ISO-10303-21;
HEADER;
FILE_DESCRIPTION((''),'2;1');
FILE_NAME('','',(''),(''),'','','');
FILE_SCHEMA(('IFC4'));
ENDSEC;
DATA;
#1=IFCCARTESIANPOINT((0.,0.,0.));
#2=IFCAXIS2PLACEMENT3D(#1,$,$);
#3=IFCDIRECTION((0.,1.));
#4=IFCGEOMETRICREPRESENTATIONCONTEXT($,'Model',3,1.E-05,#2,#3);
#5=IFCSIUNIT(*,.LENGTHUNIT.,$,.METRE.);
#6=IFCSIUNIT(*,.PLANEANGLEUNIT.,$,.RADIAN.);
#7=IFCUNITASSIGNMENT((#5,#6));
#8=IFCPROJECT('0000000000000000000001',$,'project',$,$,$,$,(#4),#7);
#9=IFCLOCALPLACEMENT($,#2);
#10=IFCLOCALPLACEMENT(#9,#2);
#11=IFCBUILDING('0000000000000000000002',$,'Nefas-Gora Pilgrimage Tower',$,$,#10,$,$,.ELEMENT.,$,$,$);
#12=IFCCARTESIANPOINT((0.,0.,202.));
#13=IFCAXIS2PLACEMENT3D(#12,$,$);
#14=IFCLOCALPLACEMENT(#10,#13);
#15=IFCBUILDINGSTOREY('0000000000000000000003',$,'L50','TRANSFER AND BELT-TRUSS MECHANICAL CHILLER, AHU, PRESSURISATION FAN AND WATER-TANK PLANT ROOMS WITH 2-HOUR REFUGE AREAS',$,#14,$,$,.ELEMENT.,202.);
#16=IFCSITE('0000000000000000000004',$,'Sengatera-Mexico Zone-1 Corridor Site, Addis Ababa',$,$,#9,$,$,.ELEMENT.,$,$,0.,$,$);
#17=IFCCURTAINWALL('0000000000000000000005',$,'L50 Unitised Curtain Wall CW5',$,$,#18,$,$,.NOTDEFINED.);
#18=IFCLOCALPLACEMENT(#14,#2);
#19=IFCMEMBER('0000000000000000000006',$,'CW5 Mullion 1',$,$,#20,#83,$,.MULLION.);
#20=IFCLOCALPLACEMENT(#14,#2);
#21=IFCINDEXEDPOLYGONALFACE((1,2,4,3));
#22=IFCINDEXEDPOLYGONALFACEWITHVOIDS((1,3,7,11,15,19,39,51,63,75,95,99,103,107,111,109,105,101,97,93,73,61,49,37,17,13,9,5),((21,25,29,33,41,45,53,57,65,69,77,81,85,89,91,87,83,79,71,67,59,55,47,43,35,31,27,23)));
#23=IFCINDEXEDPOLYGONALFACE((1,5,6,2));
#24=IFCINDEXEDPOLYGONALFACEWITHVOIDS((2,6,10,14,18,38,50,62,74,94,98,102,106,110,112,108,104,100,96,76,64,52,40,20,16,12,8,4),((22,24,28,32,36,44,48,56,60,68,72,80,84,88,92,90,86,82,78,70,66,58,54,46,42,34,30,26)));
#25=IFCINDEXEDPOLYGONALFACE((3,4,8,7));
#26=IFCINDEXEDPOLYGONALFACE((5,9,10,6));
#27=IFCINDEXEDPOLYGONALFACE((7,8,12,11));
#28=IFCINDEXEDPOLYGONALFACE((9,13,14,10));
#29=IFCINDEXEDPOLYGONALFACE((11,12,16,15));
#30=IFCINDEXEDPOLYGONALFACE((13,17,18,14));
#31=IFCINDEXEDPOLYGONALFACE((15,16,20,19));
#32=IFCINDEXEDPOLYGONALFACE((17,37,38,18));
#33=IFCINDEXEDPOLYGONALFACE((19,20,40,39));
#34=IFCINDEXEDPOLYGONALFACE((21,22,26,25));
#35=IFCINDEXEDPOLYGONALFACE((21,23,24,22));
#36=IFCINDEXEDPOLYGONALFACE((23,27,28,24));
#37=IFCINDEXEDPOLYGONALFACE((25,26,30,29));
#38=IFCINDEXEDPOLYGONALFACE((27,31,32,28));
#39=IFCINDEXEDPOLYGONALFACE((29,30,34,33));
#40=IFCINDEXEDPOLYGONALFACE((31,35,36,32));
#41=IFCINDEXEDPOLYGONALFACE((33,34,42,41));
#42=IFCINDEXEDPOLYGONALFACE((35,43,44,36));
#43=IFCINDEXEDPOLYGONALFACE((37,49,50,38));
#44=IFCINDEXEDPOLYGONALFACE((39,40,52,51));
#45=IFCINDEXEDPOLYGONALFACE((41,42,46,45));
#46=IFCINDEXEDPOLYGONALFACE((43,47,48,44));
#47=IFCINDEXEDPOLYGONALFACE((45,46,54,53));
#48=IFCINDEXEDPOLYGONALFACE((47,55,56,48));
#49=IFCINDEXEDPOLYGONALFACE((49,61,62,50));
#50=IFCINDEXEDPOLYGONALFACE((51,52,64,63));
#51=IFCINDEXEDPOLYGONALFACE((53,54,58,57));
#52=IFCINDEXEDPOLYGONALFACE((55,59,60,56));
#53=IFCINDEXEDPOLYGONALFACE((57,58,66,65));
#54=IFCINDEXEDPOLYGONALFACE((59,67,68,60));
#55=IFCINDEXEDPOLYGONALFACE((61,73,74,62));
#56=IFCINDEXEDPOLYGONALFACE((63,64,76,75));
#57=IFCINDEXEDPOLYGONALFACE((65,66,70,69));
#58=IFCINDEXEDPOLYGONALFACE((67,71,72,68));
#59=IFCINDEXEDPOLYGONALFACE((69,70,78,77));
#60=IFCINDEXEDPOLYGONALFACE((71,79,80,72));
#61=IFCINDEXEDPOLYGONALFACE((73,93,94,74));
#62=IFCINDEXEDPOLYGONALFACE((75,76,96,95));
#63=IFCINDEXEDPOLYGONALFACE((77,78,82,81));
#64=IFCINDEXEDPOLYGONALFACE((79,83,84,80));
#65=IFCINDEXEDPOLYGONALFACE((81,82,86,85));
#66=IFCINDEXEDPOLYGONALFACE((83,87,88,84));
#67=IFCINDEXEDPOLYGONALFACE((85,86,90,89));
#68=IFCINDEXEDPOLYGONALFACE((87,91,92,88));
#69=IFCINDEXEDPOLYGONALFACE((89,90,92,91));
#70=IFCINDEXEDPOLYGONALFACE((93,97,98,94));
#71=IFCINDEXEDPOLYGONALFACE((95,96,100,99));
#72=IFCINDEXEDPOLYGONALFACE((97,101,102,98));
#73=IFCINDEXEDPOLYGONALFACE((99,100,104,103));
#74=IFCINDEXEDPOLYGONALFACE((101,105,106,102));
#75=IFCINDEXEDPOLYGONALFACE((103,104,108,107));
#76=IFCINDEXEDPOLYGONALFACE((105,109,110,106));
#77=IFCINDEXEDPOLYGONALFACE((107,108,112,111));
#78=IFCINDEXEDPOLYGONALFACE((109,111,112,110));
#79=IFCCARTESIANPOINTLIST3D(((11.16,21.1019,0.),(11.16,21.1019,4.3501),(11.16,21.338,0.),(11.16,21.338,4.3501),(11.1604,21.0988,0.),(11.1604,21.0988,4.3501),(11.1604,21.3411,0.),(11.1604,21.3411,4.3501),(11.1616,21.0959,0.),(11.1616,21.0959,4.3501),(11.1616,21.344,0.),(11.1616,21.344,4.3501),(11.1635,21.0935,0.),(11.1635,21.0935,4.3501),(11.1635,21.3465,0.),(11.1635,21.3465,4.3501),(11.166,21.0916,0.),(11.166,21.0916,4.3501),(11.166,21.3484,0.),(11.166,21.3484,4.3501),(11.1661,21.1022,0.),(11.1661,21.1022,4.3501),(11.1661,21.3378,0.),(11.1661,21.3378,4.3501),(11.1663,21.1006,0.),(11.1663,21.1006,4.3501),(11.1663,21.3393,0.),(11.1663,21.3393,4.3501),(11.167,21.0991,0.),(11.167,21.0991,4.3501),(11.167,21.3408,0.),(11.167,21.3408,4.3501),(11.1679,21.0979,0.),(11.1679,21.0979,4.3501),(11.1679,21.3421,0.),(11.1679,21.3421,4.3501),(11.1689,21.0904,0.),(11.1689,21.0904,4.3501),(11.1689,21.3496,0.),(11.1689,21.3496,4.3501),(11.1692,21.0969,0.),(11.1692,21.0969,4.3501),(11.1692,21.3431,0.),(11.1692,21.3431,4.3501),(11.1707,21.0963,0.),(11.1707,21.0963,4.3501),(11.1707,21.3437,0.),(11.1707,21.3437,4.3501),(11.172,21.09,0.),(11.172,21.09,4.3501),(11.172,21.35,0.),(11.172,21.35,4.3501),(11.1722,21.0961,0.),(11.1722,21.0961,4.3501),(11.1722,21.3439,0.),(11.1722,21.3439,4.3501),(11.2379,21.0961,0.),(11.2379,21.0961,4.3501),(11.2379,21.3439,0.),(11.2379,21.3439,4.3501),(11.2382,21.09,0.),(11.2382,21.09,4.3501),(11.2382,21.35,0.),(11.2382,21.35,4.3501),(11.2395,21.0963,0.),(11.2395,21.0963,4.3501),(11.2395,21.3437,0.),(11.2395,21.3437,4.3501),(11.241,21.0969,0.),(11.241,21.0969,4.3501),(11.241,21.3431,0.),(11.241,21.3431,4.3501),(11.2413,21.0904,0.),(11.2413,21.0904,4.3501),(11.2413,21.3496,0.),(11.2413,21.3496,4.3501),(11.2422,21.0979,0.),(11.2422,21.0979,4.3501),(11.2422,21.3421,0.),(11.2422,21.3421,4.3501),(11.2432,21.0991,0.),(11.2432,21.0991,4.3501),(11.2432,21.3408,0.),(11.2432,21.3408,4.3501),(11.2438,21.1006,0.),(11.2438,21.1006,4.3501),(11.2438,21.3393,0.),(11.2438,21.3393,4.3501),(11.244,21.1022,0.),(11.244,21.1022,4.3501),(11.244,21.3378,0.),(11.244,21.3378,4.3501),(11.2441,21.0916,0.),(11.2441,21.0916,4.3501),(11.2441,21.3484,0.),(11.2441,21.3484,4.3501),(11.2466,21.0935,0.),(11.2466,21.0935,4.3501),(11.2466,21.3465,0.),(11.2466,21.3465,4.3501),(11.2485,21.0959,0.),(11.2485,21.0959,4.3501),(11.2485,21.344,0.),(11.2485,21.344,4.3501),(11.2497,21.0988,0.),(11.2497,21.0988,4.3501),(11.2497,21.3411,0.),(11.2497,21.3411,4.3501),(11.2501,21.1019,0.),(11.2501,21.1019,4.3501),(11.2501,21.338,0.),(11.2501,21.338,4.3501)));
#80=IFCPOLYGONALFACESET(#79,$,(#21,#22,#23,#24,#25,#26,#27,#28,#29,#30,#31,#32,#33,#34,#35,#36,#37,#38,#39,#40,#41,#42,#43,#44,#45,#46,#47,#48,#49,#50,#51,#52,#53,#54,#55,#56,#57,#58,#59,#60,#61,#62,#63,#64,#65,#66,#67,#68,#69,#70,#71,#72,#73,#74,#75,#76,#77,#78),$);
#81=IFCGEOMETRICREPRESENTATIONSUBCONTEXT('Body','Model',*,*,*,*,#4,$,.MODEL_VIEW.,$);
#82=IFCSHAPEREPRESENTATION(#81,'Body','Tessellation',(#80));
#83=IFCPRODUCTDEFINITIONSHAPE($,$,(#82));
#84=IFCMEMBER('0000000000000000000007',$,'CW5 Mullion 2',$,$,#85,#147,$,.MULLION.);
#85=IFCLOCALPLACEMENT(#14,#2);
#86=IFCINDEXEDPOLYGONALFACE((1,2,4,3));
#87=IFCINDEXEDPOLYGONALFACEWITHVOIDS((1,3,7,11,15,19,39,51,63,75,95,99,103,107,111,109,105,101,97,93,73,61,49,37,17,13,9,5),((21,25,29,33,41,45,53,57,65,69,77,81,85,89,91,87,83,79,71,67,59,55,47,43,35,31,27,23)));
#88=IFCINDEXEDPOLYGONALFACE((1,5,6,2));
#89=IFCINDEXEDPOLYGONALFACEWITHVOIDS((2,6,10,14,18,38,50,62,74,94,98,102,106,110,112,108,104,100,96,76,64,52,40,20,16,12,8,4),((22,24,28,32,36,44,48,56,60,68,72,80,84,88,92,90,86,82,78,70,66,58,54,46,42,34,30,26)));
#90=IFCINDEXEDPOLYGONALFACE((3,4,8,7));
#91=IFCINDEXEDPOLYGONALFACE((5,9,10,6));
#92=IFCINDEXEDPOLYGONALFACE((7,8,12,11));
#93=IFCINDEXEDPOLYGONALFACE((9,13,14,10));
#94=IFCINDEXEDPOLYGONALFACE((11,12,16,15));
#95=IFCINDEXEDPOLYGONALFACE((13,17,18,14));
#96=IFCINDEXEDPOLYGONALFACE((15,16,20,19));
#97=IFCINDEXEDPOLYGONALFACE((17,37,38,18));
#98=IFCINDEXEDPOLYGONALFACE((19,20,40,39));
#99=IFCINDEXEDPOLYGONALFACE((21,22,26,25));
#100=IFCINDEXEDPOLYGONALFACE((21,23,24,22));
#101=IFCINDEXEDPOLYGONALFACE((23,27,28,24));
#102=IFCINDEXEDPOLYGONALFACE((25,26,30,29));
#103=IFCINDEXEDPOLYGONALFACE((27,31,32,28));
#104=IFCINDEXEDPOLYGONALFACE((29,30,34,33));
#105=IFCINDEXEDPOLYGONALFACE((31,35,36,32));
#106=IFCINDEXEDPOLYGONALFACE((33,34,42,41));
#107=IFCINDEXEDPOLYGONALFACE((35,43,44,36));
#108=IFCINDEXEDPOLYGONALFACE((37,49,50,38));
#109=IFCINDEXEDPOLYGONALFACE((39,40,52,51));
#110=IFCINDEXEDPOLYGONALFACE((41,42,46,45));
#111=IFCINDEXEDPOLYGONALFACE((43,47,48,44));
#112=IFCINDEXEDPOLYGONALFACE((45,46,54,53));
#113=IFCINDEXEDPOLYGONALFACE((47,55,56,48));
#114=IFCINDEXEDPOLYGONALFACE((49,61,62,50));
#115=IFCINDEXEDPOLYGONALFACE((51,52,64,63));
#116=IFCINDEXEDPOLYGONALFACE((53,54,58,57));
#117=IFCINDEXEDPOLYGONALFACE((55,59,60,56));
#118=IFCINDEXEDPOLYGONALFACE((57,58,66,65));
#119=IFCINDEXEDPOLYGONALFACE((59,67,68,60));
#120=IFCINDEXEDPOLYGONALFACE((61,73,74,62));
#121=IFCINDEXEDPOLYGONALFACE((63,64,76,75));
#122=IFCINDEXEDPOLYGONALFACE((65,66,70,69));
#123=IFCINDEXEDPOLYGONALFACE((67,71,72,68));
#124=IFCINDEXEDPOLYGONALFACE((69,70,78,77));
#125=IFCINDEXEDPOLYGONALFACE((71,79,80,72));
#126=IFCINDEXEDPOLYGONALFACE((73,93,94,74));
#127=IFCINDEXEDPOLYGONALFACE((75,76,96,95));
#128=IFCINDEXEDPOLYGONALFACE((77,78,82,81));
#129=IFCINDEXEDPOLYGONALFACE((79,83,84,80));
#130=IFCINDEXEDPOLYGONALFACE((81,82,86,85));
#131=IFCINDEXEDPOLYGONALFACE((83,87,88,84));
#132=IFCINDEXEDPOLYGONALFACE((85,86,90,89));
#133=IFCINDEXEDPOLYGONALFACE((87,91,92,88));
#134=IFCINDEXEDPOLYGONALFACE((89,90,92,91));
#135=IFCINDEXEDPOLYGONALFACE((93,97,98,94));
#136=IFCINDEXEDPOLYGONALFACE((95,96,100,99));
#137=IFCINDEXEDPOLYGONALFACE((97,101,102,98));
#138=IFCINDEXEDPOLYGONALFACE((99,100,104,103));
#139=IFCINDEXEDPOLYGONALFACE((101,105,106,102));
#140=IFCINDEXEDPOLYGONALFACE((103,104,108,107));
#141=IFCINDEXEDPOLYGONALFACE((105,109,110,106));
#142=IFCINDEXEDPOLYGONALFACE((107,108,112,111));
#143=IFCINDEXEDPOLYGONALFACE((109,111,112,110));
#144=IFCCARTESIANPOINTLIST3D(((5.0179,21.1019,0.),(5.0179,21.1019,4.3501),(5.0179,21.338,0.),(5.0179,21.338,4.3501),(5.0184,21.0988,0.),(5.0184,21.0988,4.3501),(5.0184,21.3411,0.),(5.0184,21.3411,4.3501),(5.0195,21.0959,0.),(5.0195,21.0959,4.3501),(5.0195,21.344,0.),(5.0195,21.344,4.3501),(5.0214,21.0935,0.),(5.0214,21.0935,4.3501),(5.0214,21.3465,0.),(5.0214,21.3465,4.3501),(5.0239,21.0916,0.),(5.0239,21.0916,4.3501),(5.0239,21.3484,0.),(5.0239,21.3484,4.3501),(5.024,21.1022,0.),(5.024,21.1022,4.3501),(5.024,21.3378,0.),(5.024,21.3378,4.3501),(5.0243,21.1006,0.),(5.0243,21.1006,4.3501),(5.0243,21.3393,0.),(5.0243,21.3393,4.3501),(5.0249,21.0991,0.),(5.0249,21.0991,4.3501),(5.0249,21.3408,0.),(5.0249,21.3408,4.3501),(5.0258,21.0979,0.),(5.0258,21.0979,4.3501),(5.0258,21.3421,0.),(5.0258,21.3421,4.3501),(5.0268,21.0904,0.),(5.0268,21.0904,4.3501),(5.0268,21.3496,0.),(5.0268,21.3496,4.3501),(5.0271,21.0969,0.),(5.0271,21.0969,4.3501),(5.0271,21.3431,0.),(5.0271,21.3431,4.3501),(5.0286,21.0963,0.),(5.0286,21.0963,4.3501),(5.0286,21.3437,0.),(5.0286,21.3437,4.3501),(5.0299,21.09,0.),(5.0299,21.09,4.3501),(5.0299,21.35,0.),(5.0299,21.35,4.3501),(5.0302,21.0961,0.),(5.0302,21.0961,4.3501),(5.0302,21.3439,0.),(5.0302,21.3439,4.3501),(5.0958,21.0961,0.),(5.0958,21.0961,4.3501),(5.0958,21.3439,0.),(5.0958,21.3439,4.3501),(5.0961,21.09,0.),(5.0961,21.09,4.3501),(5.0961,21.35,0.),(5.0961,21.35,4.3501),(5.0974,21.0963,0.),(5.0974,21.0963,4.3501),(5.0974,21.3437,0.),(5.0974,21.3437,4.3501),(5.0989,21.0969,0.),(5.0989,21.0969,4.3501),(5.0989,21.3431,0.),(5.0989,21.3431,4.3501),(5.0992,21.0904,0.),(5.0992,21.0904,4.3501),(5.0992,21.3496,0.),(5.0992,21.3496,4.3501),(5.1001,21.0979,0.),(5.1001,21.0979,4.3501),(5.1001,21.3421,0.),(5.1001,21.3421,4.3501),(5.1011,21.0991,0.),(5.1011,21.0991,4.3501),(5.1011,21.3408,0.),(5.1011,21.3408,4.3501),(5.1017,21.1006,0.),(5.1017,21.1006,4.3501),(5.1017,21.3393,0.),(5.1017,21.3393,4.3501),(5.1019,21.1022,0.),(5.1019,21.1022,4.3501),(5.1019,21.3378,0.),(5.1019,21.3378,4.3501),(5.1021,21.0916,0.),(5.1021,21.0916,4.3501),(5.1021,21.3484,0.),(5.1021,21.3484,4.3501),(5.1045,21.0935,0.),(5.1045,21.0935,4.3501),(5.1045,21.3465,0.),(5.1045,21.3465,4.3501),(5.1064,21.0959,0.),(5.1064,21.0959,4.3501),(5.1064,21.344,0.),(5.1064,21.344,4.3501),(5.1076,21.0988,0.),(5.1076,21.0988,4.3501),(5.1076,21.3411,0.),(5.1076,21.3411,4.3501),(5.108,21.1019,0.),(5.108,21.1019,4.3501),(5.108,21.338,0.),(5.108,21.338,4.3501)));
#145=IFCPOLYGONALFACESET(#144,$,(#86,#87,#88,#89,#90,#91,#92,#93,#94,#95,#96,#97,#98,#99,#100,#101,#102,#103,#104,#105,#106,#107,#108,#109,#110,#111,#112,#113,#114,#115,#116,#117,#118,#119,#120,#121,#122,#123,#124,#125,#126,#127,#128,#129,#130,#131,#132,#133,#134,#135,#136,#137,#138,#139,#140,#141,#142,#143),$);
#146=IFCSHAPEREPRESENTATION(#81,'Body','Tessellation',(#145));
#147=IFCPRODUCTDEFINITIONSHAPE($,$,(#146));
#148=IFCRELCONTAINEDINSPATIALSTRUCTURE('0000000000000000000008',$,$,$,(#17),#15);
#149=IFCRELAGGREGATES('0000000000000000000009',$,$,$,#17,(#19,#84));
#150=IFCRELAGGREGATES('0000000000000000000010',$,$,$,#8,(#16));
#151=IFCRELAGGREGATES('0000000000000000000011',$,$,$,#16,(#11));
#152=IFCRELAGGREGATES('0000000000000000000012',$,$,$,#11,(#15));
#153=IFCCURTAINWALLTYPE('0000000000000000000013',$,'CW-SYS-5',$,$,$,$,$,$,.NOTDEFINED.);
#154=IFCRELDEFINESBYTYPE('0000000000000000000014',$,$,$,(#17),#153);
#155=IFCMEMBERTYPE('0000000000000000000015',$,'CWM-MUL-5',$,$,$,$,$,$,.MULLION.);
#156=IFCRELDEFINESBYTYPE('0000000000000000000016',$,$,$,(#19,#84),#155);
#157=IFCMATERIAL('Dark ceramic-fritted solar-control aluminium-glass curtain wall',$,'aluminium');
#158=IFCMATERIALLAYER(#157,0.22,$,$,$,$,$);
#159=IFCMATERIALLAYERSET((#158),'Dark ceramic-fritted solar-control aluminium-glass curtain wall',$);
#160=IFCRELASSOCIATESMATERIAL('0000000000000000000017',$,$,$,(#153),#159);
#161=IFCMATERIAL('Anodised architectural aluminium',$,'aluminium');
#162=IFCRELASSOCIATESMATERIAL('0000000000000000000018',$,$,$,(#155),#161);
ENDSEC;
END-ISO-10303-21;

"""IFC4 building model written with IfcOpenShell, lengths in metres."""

from ifc_helpers import new_model, si_unit, direction, frame, origin, origin_2d, place, context, subcontext, project, spatial, hollow_rectangle, extrude, source, transform, mapped, material, layer, layer_set, material_profile, profile_set, type_object, element, aggregate, save


model = new_model("IFC4")

# Units and contexts
model_context = context("Model", 3, precision=1e-05, world=origin(), true_north=direction((0.0, 1.0)))
body_context = subcontext(model_context, "Body", "Model", "MODEL_VIEW")
ifc_project = project(units=[si_unit("LENGTHUNIT", "METRE"), si_unit("PLANEANGLEUNIT", "RADIAN")], contexts=[model_context])

# Site, building, storey
site_placement = place(None, origin())
site = spatial("IfcSite", under=ifc_project, at=site_placement, Name="Sengatera-Mexico Zone-1 Corridor Site, Addis Ababa", CompositionType="ELEMENT", RefElevation=0.0)
building_placement = place(site_placement, origin())
building = spatial("IfcBuilding", under=site, at=building_placement, Name="Nefas-Gora Pilgrimage Tower", CompositionType="ELEMENT")
storey_placement = place(building_placement, frame((0.0, 0.0, 202.0)))
storey = spatial("IfcBuildingStorey", under=building, at=storey_placement, Name="L50", Description="TRANSFER AND BELT-TRUSS MECHANICAL CHILLER, AHU, PRESSURISATION FAN AND WATER-TANK PLANT ROOMS WITH 2-HOUR REFUGE AREAS", CompositionType="ELEMENT", Elevation=202.0)

# Curtain wall
ifc_material_1 = material(Name="Dark ceramic-fritted solar-control aluminium-glass curtain wall", Category="aluminium")
ifc_layer_1 = layer(ifc_material_1, 0.22)
ifc_layer_set_1 = layer_set([ifc_layer_1], Name="Dark ceramic-fritted solar-control aluminium-glass curtain wall")
curtain_wall_type_1 = type_object("IfcCurtainWallType", Name="CW-SYS-5", PredefinedType="NOTDEFINED", material=ifc_layer_set_1)
curtain_wall_1_placement = place(storey_placement, origin())
curtain_wall_1 = element("IfcCurtainWall", 1, at=curtain_wall_1_placement, inside=storey, type_object=curtain_wall_type_1, Name="L50 Unitised Curtain Wall CW5", PredefinedType="NOTDEFINED")
ifc_material_2 = material(Name="Anodised architectural aluminium", Category="aluminium")

# Members
ifc_material_profile_1 = material_profile(ifc_material_2, hollow_rectangle(XDim=0.0901, YDim=0.26, WallThickness=0.0061, InnerFilletRadius=0.0061, OuterFilletRadius=0.012, at=origin_2d()), Name="ALU MULLION 90x260")
ifc_profile_set_1 = profile_set([ifc_material_profile_1], Name="Anodised architectural aluminium")
member_type_1 = type_object("IfcMemberType", Name="CWM-MUL-5", PredefinedType="MULLION", material=ifc_profile_set_1)
shared_shape_1 = source(origin(), body_context, "Body", "SweptSolid", [
    extrude(hollow_rectangle(XDim=0.0901, YDim=0.26, WallThickness=0.0061, InnerFilletRadius=0.0061, OuterFilletRadius=0.012, at=origin_2d()), origin(), (0.0, 0.0, 1.0), 4.3501),
])
member_1_placement = place(storey_placement, frame((11.2051, 21.22, 0.0), z_axis=(0.0, 0.0, 1.0), x_axis=(-1.0, 0.0, 0.0)))
member_1 = element("IfcMember", 2, at=member_1_placement, type_object=member_type_1, Name="CW5 Mullion 1", PredefinedType="MULLION", context=body_context, shape_type="MappedRepresentation", body=[
    mapped(shared_shape_1, transform((0.0, 0.0, 0.0), x_axis=(1.0, 0.0, 0.0), y_axis=(0.0, 1.0, 0.0), z_axis=(0.0, 0.0, 1.0), scale=1.0)),
])
member_2_placement = place(storey_placement, frame((5.063, 21.22, 0.0), z_axis=(0.0, 0.0, 1.0), x_axis=(-1.0, 0.0, 0.0)))
member_2 = element("IfcMember", 3, at=member_2_placement, type_object=member_type_1, Name="CW5 Mullion 2", PredefinedType="MULLION", context=body_context, shape_type="MappedRepresentation", body=[
    mapped(shared_shape_1, transform((0.0, 0.0, 0.0), x_axis=(1.0, 0.0, 0.0), y_axis=(0.0, 1.0, 0.0), z_axis=(0.0, 0.0, 1.0), scale=1.0)),
])

aggregate(curtain_wall_1, [member_1, member_2])

save(model, "model.ifc")
